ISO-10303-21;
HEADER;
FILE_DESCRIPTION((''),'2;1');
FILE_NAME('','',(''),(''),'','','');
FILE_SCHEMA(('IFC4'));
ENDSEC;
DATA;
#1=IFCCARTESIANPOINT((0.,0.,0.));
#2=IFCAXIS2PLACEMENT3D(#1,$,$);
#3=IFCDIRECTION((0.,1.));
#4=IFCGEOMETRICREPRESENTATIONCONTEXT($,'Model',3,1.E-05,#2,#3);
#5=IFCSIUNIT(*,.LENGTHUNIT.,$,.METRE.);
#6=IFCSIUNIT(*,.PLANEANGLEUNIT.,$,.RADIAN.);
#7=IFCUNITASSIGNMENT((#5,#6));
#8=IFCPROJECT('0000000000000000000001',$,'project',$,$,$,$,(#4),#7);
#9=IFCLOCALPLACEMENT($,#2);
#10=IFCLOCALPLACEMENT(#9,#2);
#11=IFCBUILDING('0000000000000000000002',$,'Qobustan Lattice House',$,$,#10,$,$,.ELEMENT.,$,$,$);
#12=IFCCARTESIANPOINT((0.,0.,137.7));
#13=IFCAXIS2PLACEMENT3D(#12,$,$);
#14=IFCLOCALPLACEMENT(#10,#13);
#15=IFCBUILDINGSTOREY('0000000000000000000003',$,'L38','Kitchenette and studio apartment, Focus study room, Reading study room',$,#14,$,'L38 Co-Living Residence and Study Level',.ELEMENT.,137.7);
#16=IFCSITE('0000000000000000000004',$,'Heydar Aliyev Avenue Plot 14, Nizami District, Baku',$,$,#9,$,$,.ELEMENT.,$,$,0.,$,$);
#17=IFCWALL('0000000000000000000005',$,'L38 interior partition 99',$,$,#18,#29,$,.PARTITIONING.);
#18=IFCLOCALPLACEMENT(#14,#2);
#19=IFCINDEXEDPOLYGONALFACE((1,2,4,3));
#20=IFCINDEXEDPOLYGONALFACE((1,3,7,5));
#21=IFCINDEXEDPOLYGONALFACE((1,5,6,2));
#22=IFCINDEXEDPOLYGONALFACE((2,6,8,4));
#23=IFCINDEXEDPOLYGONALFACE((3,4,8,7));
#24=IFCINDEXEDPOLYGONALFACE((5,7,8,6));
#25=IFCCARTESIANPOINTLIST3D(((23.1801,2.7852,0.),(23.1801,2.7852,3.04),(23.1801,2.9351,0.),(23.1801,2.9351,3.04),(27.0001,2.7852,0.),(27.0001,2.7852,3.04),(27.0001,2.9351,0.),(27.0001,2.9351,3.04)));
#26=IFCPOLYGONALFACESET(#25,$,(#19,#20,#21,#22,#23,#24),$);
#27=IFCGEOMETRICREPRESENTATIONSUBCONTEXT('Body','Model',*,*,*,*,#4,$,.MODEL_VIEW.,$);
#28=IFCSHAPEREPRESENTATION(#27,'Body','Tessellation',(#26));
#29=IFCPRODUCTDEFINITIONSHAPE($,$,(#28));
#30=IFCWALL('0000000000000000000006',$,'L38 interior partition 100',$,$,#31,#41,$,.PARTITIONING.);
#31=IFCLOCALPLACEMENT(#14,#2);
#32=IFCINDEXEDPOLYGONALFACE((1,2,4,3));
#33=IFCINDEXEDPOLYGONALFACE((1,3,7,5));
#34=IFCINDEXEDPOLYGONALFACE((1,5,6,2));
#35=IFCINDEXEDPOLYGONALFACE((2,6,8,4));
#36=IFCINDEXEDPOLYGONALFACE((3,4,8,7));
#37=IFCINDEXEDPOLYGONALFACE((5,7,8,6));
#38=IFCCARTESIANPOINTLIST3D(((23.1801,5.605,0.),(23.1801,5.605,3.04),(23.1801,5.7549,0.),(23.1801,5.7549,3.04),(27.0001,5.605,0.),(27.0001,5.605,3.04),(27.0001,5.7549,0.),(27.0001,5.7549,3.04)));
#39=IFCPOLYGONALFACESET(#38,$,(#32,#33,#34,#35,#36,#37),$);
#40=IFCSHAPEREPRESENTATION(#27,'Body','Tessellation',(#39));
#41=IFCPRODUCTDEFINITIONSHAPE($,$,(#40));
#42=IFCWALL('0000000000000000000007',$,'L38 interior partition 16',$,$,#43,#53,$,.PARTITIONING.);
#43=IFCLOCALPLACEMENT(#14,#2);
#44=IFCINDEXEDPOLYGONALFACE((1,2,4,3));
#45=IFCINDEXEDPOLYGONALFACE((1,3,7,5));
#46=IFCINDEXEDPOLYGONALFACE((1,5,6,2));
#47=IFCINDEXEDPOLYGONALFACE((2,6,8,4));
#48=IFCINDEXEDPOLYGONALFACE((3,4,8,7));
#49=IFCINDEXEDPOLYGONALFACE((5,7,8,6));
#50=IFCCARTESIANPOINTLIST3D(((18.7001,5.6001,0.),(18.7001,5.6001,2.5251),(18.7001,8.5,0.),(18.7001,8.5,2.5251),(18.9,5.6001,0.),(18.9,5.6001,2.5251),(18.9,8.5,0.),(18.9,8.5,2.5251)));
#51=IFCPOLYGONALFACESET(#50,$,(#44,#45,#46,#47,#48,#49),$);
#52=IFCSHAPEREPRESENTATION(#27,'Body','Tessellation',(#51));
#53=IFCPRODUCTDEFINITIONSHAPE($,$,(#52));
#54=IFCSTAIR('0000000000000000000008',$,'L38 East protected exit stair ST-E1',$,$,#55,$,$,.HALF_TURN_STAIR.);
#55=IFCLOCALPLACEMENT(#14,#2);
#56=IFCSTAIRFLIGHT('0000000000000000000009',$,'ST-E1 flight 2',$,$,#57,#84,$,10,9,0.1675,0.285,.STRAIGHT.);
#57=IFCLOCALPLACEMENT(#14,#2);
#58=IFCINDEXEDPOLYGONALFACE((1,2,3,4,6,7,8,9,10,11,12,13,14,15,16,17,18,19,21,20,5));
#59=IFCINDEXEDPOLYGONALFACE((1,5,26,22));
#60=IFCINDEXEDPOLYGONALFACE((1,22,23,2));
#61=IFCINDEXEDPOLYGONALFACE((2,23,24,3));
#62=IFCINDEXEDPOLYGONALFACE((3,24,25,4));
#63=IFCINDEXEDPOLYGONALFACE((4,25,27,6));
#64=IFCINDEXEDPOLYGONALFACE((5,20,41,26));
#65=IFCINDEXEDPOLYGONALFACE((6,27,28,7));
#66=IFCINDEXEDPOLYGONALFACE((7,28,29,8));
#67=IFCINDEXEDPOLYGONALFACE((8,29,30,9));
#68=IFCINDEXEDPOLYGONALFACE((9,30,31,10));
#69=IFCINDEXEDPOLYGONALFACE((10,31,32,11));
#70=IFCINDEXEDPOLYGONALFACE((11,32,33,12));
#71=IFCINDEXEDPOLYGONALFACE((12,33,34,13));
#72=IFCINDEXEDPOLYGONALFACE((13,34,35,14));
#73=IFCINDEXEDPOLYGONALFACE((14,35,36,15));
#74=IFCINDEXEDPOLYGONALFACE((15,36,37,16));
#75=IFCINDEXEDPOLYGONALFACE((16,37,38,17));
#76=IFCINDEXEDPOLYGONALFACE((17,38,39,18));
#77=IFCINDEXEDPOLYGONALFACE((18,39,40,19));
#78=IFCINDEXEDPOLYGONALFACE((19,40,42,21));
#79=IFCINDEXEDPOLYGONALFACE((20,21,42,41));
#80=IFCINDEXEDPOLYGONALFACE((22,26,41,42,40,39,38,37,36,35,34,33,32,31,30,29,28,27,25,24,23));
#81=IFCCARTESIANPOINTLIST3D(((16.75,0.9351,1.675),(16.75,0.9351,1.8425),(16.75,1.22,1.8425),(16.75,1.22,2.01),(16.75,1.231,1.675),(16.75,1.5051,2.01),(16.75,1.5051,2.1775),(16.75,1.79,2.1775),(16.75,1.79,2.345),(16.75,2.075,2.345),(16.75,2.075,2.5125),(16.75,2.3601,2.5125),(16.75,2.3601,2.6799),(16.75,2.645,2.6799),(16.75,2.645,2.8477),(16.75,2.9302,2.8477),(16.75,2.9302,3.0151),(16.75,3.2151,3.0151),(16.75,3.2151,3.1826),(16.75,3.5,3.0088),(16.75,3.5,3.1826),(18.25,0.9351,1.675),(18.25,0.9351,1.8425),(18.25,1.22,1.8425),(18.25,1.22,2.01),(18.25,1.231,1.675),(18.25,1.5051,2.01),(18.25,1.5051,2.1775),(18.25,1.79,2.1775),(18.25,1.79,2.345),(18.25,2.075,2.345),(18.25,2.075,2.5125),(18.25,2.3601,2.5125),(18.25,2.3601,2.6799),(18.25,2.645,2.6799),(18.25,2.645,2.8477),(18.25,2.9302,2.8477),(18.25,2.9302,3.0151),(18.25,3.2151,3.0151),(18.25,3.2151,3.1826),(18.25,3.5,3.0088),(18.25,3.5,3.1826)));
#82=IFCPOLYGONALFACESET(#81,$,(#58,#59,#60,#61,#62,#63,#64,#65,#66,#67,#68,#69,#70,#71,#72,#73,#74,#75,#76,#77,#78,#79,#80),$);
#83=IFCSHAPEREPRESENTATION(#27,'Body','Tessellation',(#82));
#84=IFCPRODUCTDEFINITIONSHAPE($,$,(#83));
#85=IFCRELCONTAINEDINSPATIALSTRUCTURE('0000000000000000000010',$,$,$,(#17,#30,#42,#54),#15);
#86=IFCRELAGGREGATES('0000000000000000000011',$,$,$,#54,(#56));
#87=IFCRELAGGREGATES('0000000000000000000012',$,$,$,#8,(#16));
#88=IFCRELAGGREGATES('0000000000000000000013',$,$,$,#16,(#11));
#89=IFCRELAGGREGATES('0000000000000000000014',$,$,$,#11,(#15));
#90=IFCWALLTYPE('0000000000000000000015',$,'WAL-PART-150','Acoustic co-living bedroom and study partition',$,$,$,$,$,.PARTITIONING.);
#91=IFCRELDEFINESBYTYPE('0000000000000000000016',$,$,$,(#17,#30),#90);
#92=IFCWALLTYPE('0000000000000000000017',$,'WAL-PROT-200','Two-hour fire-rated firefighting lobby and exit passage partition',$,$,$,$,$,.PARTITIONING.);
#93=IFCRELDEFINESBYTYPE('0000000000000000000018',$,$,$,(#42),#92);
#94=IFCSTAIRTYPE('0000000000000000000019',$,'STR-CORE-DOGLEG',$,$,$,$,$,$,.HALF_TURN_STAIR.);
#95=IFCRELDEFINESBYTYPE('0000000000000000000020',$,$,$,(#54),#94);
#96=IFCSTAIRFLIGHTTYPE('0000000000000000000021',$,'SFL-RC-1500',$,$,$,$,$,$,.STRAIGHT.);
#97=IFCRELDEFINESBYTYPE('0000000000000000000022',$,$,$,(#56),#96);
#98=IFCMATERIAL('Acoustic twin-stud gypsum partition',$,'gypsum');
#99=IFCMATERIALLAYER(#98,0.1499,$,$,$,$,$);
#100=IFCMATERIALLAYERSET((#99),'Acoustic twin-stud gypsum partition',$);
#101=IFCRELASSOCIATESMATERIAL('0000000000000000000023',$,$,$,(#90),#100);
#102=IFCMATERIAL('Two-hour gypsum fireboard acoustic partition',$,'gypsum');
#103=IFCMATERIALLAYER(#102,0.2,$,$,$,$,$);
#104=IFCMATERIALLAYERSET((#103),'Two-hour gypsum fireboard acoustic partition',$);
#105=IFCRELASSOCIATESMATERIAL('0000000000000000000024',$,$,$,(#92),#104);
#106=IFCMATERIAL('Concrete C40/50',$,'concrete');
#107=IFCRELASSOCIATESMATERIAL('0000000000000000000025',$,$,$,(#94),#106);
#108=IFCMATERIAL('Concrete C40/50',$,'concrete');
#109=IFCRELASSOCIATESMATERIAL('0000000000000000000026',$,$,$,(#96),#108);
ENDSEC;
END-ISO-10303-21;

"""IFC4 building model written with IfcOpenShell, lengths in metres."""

from ifc_helpers import new_model, si_unit, direction, frame, frame_2d, origin, place, context, subcontext, project, spatial, polyline, rectangle, outline, extrude, material, layer, layer_set, type_object, element, aggregate, save


model = new_model("IFC4")

# Units and contexts
model_context = context("Model", 3, precision=1e-05, world=origin(), true_north=direction((0.0, 1.0)))
body_context = subcontext(model_context, "Body", "Model", "MODEL_VIEW")
ifc_project = project(units=[si_unit("LENGTHUNIT", "METRE"), si_unit("PLANEANGLEUNIT", "RADIAN")], contexts=[model_context])

# Site, building, storey
site_placement = place(None, origin())
site = spatial("IfcSite", under=ifc_project, at=site_placement, Name="Heydar Aliyev Avenue Plot 14, Nizami District, Baku", CompositionType="ELEMENT", RefElevation=0.0)
building_placement = place(site_placement, origin())
building = spatial("IfcBuilding", under=site, at=building_placement, Name="Qobustan Lattice House", CompositionType="ELEMENT")
storey_placement = place(building_placement, frame((0.0, 0.0, 137.7)))
storey = spatial("IfcBuildingStorey", under=building, at=storey_placement, Name="L38", Description="Kitchenette and studio apartment, Focus study room, Reading study room", LongName="L38 Co-Living Residence and Study Level", CompositionType="ELEMENT", Elevation=137.7)

# Shared definitions
ifc_material_1 = material(Name="Acoustic twin-stud gypsum partition", Category="gypsum")
ifc_layer_1 = layer(ifc_material_1, 0.1499)
ifc_layer_set_1 = layer_set([ifc_layer_1], Name="Acoustic twin-stud gypsum partition")
wall_type_1 = type_object("IfcWallType", Name="WAL-PART-150", Description="Acoustic co-living bedroom and study partition", PredefinedType="PARTITIONING", material=ifc_layer_set_1)

# Walls
for number, where, z_axis, x_axis, name in (
    (1, (23.1799, 2.8601, 0.0), (0.0, 0.0, 1.0), (1.0, 0.0, 0.0), "L38 interior partition 99"),
    (2, (23.1799, 5.6799, 0.0), (0.0, 0.0, 1.0), (1.0, 0.0, 0.0), "L38 interior partition 100"),
):
    element("IfcWall", number, at=place(storey_placement, frame(where, z_axis=z_axis, x_axis=x_axis)), inside=storey, type_object=wall_type_1, Name=name, PredefinedType="PARTITIONING", context=body_context, shape_type="SweptSolid", body=[
        extrude(rectangle(XDim=3.8201, YDim=0.1499, at=frame_2d((1.9102, 0.0))), origin(), (0.0, 0.0, 1.0), 3.04),
    ])

# Shared definitions
ifc_material_2 = material(Name="Two-hour gypsum fireboard acoustic partition", Category="gypsum")
ifc_layer_2 = layer(ifc_material_2, 0.2)
ifc_layer_set_2 = layer_set([ifc_layer_2], Name="Two-hour gypsum fireboard acoustic partition")
wall_type_2 = type_object("IfcWallType", Name="WAL-PROT-200", Description="Two-hour fire-rated firefighting lobby and exit passage partition", PredefinedType="PARTITIONING", material=ifc_layer_set_2)

# Wall
wall_1_placement = place(storey_placement, frame((18.8, 5.6001, 0.0), z_axis=(0.0, 0.0, 1.0), x_axis=(0.0, 1.0, 0.0)))
element("IfcWall", 3, at=wall_1_placement, inside=storey, type_object=wall_type_2, Name="L38 interior partition 16", PredefinedType="PARTITIONING", context=body_context, shape_type="SweptSolid", body=[
    extrude(rectangle(XDim=2.8999, YDim=0.2, at=frame_2d((1.45, 0.0))), origin(), (0.0, 0.0, 1.0), 2.5251),
])

# Stair, stair flight
ifc_material_3 = material(Name="Concrete C40/50", Category="concrete")
stair_type = type_object("IfcStairType", Name="STR-CORE-DOGLEG", PredefinedType="HALF_TURN_STAIR", material=ifc_material_3)
stair_placement = place(storey_placement, origin())
stair = element("IfcStair", 4, at=stair_placement, inside=storey, type_object=stair_type, Name="L38 East protected exit stair ST-E1", PredefinedType="HALF_TURN_STAIR")
ifc_material_4 = material(Name="Concrete C40/50", Category="concrete")
stair_flight_type = type_object("IfcStairFlightType", Name="SFL-RC-1500", PredefinedType="STRAIGHT", material=ifc_material_4)
stair_flight_placement = place(storey_placement, frame((17.5, 0.9351, 1.675), z_axis=(0.0, 0.0, 1.0), x_axis=(0.0, 1.0, 0.0)))
stair_flight = element("IfcStairFlight", 5, at=stair_flight_placement, type_object=stair_flight_type, Name="ST-E1 flight 2", NumberOfRisers=10, NumberOfTreads=9, PredefinedType="STRAIGHT", RiserHeight=0.1675, TreadLength=0.285, context=body_context, shape_type="SweptSolid", body=[
    extrude(outline(polyline([(0.0, 0.0), (0.0, 0.1675), (0.2849, 0.1675), (0.2849, 0.335), (0.5701, 0.335), (0.5701, 0.5024), (0.855, 0.5024), (0.855, 0.6699), (1.1399, 0.6699), (1.1399, 0.8374), (1.425, 0.8374), (1.425, 1.0049), (1.71, 1.0049), (1.71, 1.1726), (1.9951, 1.1726), (1.9951, 1.3401), (2.28, 1.3401), (2.28, 1.5076), (2.5649, 1.5076), (2.5649, 1.675), (2.5649, 1.3337), (0.2959, 0.0), (0.0, 0.0)])), frame((0.0, 0.75, 0.0), z_axis=(0.0, -1.0, 0.0), x_axis=(1.0, 0.0, 0.0)), (0.0, 0.0, 1.0), 1.5),
])
aggregate(stair, [stair_flight])

save(model, "model.ifc")
